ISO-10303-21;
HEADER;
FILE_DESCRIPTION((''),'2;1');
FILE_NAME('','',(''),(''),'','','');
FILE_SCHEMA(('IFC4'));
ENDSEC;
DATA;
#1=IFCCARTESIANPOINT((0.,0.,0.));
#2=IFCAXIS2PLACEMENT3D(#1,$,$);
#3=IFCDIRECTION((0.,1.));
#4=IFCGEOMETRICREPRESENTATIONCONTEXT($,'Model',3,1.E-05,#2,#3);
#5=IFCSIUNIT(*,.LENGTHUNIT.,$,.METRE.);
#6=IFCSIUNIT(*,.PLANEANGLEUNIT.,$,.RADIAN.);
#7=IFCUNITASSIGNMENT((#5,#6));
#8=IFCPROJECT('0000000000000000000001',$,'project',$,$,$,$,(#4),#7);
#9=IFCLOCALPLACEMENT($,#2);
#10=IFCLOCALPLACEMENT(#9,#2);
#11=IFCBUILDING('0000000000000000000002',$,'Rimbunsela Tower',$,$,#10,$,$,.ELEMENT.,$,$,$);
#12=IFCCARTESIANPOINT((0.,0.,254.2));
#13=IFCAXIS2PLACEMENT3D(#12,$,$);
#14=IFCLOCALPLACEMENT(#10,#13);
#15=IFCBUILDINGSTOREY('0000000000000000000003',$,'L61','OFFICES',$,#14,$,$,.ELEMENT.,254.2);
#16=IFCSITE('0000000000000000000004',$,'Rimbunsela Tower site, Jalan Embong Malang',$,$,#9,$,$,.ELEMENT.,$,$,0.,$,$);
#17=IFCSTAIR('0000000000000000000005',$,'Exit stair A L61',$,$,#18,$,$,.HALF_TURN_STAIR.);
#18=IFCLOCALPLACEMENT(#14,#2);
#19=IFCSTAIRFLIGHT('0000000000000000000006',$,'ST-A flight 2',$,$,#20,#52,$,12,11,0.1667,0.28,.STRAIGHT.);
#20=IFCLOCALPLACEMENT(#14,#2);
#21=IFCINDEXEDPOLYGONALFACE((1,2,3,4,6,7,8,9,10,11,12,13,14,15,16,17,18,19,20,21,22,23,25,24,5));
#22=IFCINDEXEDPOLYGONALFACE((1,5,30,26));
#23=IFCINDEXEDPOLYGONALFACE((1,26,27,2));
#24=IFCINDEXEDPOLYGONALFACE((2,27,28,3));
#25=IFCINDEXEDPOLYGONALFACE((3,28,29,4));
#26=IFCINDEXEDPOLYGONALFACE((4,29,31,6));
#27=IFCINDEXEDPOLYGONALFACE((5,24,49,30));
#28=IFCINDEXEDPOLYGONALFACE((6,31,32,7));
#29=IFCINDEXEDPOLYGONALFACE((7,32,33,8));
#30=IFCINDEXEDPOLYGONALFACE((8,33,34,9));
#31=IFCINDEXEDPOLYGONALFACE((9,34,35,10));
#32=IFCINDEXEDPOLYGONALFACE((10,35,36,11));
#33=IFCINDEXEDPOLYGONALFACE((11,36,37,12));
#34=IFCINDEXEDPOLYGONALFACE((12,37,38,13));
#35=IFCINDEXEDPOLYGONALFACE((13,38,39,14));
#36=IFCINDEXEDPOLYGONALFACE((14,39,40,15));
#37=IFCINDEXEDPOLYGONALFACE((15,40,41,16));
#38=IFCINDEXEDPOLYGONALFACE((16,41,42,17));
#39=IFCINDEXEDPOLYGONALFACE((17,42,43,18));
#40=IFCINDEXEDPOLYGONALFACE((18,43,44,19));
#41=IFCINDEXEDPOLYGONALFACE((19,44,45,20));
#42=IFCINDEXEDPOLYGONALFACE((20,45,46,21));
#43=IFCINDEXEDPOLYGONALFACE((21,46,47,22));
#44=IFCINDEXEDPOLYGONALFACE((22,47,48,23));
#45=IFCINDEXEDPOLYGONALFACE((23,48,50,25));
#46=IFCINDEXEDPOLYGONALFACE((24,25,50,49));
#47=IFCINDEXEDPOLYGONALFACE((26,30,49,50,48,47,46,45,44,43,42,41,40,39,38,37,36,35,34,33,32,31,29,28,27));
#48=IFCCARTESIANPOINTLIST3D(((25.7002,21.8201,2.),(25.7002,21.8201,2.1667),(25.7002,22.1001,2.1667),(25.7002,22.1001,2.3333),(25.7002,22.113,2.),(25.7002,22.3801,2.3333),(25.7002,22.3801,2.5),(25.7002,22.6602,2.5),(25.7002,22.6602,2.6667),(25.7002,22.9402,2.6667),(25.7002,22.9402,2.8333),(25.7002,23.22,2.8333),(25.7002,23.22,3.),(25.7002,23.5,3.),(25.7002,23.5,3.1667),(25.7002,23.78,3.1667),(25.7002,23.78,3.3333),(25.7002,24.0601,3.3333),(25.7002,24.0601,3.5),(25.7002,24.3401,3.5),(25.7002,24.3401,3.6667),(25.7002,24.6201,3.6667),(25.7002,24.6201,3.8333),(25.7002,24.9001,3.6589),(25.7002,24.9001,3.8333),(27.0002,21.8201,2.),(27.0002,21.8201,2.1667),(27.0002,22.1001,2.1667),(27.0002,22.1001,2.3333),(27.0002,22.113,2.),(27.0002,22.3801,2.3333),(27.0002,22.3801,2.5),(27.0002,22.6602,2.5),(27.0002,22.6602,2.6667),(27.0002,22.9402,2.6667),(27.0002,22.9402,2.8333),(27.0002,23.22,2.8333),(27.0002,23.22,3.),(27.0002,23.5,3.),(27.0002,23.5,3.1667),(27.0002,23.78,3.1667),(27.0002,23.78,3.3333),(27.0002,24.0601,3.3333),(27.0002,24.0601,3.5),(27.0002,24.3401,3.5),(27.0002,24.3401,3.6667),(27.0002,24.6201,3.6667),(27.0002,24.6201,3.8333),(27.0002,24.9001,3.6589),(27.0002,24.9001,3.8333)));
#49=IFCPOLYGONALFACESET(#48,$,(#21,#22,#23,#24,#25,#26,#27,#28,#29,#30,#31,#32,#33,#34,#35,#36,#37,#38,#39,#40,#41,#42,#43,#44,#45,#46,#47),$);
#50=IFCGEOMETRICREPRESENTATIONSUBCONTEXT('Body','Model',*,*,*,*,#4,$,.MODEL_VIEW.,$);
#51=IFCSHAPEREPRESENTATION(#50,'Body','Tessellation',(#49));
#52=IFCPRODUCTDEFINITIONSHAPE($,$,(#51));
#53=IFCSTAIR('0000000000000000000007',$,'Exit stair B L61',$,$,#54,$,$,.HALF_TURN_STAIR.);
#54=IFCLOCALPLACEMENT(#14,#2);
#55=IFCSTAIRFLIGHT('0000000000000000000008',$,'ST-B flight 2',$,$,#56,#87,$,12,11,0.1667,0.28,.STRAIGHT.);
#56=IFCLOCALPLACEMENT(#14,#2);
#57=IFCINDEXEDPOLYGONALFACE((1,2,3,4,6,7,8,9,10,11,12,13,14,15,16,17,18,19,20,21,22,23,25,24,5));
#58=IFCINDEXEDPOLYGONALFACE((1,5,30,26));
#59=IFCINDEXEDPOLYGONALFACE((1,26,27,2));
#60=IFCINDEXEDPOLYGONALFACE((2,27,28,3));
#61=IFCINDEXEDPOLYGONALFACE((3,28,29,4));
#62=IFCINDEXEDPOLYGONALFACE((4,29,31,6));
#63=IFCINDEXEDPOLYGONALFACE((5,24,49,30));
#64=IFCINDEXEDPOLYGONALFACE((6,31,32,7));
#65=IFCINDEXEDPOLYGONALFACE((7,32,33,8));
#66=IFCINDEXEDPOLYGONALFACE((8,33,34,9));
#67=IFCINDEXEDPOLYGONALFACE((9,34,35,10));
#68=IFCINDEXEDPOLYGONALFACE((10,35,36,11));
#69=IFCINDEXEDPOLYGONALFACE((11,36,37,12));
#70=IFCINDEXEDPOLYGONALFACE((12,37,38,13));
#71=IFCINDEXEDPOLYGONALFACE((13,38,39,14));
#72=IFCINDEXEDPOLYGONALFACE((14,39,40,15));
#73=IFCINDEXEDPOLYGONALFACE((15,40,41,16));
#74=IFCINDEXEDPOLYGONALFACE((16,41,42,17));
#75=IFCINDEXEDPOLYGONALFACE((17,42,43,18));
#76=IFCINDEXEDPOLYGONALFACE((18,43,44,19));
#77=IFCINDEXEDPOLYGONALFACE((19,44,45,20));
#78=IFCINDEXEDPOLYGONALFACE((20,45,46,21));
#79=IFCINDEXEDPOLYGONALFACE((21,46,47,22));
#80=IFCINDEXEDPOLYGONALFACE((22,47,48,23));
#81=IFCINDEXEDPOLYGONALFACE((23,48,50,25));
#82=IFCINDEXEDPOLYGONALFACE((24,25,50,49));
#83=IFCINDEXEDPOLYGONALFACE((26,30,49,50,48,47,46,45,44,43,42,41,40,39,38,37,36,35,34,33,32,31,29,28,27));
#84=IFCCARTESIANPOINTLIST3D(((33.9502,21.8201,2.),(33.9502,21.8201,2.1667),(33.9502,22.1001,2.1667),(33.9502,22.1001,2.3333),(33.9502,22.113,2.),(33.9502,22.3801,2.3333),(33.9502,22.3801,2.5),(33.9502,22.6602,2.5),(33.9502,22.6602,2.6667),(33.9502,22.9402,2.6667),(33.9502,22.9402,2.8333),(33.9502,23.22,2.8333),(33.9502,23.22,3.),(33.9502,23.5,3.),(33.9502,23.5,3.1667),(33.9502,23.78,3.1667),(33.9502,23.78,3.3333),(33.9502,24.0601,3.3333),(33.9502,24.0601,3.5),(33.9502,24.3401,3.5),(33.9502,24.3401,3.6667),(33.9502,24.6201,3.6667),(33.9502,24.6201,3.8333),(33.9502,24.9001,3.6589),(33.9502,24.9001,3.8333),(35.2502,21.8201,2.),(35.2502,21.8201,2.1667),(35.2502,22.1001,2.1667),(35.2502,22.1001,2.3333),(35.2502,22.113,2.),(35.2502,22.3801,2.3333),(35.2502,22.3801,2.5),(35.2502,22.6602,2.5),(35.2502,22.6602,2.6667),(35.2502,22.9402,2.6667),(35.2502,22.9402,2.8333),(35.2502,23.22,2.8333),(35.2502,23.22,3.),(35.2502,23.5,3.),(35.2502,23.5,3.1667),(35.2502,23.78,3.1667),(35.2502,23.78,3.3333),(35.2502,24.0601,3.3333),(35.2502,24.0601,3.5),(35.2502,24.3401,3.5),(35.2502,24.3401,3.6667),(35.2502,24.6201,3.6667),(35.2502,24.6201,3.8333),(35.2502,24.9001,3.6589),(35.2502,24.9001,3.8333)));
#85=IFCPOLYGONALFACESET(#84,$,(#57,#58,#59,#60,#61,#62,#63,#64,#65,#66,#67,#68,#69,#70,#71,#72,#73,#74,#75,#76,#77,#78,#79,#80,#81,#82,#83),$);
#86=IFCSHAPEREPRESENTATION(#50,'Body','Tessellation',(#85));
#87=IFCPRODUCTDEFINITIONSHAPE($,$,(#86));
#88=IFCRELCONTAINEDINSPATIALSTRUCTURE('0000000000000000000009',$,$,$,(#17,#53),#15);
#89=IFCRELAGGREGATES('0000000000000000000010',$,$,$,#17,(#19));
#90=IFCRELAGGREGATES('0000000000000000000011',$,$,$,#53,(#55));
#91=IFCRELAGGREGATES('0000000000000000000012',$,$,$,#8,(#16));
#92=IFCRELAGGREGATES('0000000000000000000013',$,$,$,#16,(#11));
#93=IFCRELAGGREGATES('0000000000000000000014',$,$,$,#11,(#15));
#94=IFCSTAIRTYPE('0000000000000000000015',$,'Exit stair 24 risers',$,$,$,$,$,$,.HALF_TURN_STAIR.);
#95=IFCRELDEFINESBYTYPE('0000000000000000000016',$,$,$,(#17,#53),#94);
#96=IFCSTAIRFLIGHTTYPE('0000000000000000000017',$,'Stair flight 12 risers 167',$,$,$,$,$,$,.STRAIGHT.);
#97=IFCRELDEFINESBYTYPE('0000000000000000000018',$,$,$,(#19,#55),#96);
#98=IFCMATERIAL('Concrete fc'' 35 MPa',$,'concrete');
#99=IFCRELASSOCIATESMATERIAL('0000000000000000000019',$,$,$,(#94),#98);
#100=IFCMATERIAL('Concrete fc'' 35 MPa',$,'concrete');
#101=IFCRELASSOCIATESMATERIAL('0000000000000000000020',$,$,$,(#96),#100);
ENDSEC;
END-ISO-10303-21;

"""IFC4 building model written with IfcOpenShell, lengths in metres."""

from ifc_helpers import new_model, si_unit, direction, frame, origin, place, context, subcontext, project, spatial, polyline, outline, extrude, material, type_object, element, aggregate, save


model = new_model("IFC4")

# Units and contexts
model_context = context("Model", 3, precision=1e-05, world=origin(), true_north=direction((0.0, 1.0)))
body_context = subcontext(model_context, "Body", "Model", "MODEL_VIEW")
ifc_project = project(units=[si_unit("LENGTHUNIT", "METRE"), si_unit("PLANEANGLEUNIT", "RADIAN")], contexts=[model_context])

# Site, building, storey
site_placement = place(None, origin())
site = spatial("IfcSite", under=ifc_project, at=site_placement, Name="Rimbunsela Tower site, Jalan Embong Malang", CompositionType="ELEMENT", RefElevation=0.0)
building_placement = place(site_placement, origin())
building = spatial("IfcBuilding", under=site, at=building_placement, Name="Rimbunsela Tower", CompositionType="ELEMENT")
storey_placement = place(building_placement, frame((0.0, 0.0, 254.2)))
storey = spatial("IfcBuildingStorey", under=building, at=storey_placement, Name="L61", Description="OFFICES", CompositionType="ELEMENT", Elevation=254.2)

# Stairs, stair flights
ifc_material_1 = material(Name="Concrete fc' 35 MPa", Category="concrete")
stair_type = type_object("IfcStairType", Name="Exit stair 24 risers", PredefinedType="HALF_TURN_STAIR", material=ifc_material_1)
stair_1_placement = place(storey_placement, origin())
stair_1 = element("IfcStair", 1, at=stair_1_placement, inside=storey, type_object=stair_type, Name="Exit stair A L61", PredefinedType="HALF_TURN_STAIR")
ifc_material_2 = material(Name="Concrete fc' 35 MPa", Category="concrete")
stair_flight_type = type_object("IfcStairFlightType", Name="Stair flight 12 risers 167", PredefinedType="STRAIGHT", material=ifc_material_2)
stair_flight_1_placement = place(storey_placement, frame((26.3501, 21.8201, 2.0), z_axis=(0.0, 0.0, 1.0), x_axis=(0.0, 1.0, 0.0)))
stair_flight_1 = element("IfcStairFlight", 2, at=stair_flight_1_placement, type_object=stair_flight_type, Name="ST-A flight 2", NumberOfRisers=12, NumberOfTreads=11, PredefinedType="STRAIGHT", RiserHeight=0.1667, TreadLength=0.28, context=body_context, shape_type="SweptSolid", body=[
    extrude(outline(polyline([(0.0, 0.0), (0.0, 0.1667), (0.28, 0.1667), (0.28, 0.3333), (0.5601, 0.3333), (0.5601, 0.5), (0.8401, 0.5), (0.8401, 0.6667), (1.1201, 0.6667), (1.1201, 0.8333), (1.3999, 0.8333), (1.3999, 1.0), (1.6799, 1.0), (1.6799, 1.1667), (1.96, 1.1667), (1.96, 1.3333), (2.24, 1.3333), (2.24, 1.5), (2.52, 1.5), (2.52, 1.6667), (2.8, 1.6667), (2.8, 1.8333), (3.0801, 1.8333), (3.0801, 2.0), (3.0801, 1.6589), (0.293, 0.0), (0.0, 0.0)])), frame((0.0, 0.6499, 0.0), z_axis=(0.0, -1.0, 0.0), x_axis=(1.0, 0.0, 0.0)), (0.0, 0.0, 1.0), 1.3),
])
aggregate(stair_1, [stair_flight_1])
stair_2_placement = place(storey_placement, origin())
stair_2 = element("IfcStair", 3, at=stair_2_placement, inside=storey, type_object=stair_type, Name="Exit stair B L61", PredefinedType="HALF_TURN_STAIR")
stair_flight_2_placement = place(storey_placement, frame((34.6001, 21.8201, 2.0), z_axis=(0.0, 0.0, 1.0), x_axis=(0.0, 1.0, 0.0)))
stair_flight_2 = element("IfcStairFlight", 4, at=stair_flight_2_placement, type_object=stair_flight_type, Name="ST-B flight 2", NumberOfRisers=12, NumberOfTreads=11, PredefinedType="STRAIGHT", RiserHeight=0.1667, TreadLength=0.28, context=body_context, shape_type="SweptSolid", body=[
    extrude(outline(polyline([(0.0, 0.0), (0.0, 0.1667), (0.28, 0.1667), (0.28, 0.3333), (0.5601, 0.3333), (0.5601, 0.5), (0.8401, 0.5), (0.8401, 0.6667), (1.1201, 0.6667), (1.1201, 0.8333), (1.3999, 0.8333), (1.3999, 1.0), (1.6799, 1.0), (1.6799, 1.1667), (1.96, 1.1667), (1.96, 1.3333), (2.24, 1.3333), (2.24, 1.5), (2.52, 1.5), (2.52, 1.6667), (2.8, 1.6667), (2.8, 1.8333), (3.0801, 1.8333), (3.0801, 2.0), (3.0801, 1.6589), (0.293, 0.0), (0.0, 0.0)])), frame((0.0, 0.6499, 0.0), z_axis=(0.0, -1.0, 0.0), x_axis=(1.0, 0.0, 0.0)), (0.0, 0.0, 1.0), 1.3),
])
aggregate(stair_2, [stair_flight_2])

save(model, "model.ifc")
